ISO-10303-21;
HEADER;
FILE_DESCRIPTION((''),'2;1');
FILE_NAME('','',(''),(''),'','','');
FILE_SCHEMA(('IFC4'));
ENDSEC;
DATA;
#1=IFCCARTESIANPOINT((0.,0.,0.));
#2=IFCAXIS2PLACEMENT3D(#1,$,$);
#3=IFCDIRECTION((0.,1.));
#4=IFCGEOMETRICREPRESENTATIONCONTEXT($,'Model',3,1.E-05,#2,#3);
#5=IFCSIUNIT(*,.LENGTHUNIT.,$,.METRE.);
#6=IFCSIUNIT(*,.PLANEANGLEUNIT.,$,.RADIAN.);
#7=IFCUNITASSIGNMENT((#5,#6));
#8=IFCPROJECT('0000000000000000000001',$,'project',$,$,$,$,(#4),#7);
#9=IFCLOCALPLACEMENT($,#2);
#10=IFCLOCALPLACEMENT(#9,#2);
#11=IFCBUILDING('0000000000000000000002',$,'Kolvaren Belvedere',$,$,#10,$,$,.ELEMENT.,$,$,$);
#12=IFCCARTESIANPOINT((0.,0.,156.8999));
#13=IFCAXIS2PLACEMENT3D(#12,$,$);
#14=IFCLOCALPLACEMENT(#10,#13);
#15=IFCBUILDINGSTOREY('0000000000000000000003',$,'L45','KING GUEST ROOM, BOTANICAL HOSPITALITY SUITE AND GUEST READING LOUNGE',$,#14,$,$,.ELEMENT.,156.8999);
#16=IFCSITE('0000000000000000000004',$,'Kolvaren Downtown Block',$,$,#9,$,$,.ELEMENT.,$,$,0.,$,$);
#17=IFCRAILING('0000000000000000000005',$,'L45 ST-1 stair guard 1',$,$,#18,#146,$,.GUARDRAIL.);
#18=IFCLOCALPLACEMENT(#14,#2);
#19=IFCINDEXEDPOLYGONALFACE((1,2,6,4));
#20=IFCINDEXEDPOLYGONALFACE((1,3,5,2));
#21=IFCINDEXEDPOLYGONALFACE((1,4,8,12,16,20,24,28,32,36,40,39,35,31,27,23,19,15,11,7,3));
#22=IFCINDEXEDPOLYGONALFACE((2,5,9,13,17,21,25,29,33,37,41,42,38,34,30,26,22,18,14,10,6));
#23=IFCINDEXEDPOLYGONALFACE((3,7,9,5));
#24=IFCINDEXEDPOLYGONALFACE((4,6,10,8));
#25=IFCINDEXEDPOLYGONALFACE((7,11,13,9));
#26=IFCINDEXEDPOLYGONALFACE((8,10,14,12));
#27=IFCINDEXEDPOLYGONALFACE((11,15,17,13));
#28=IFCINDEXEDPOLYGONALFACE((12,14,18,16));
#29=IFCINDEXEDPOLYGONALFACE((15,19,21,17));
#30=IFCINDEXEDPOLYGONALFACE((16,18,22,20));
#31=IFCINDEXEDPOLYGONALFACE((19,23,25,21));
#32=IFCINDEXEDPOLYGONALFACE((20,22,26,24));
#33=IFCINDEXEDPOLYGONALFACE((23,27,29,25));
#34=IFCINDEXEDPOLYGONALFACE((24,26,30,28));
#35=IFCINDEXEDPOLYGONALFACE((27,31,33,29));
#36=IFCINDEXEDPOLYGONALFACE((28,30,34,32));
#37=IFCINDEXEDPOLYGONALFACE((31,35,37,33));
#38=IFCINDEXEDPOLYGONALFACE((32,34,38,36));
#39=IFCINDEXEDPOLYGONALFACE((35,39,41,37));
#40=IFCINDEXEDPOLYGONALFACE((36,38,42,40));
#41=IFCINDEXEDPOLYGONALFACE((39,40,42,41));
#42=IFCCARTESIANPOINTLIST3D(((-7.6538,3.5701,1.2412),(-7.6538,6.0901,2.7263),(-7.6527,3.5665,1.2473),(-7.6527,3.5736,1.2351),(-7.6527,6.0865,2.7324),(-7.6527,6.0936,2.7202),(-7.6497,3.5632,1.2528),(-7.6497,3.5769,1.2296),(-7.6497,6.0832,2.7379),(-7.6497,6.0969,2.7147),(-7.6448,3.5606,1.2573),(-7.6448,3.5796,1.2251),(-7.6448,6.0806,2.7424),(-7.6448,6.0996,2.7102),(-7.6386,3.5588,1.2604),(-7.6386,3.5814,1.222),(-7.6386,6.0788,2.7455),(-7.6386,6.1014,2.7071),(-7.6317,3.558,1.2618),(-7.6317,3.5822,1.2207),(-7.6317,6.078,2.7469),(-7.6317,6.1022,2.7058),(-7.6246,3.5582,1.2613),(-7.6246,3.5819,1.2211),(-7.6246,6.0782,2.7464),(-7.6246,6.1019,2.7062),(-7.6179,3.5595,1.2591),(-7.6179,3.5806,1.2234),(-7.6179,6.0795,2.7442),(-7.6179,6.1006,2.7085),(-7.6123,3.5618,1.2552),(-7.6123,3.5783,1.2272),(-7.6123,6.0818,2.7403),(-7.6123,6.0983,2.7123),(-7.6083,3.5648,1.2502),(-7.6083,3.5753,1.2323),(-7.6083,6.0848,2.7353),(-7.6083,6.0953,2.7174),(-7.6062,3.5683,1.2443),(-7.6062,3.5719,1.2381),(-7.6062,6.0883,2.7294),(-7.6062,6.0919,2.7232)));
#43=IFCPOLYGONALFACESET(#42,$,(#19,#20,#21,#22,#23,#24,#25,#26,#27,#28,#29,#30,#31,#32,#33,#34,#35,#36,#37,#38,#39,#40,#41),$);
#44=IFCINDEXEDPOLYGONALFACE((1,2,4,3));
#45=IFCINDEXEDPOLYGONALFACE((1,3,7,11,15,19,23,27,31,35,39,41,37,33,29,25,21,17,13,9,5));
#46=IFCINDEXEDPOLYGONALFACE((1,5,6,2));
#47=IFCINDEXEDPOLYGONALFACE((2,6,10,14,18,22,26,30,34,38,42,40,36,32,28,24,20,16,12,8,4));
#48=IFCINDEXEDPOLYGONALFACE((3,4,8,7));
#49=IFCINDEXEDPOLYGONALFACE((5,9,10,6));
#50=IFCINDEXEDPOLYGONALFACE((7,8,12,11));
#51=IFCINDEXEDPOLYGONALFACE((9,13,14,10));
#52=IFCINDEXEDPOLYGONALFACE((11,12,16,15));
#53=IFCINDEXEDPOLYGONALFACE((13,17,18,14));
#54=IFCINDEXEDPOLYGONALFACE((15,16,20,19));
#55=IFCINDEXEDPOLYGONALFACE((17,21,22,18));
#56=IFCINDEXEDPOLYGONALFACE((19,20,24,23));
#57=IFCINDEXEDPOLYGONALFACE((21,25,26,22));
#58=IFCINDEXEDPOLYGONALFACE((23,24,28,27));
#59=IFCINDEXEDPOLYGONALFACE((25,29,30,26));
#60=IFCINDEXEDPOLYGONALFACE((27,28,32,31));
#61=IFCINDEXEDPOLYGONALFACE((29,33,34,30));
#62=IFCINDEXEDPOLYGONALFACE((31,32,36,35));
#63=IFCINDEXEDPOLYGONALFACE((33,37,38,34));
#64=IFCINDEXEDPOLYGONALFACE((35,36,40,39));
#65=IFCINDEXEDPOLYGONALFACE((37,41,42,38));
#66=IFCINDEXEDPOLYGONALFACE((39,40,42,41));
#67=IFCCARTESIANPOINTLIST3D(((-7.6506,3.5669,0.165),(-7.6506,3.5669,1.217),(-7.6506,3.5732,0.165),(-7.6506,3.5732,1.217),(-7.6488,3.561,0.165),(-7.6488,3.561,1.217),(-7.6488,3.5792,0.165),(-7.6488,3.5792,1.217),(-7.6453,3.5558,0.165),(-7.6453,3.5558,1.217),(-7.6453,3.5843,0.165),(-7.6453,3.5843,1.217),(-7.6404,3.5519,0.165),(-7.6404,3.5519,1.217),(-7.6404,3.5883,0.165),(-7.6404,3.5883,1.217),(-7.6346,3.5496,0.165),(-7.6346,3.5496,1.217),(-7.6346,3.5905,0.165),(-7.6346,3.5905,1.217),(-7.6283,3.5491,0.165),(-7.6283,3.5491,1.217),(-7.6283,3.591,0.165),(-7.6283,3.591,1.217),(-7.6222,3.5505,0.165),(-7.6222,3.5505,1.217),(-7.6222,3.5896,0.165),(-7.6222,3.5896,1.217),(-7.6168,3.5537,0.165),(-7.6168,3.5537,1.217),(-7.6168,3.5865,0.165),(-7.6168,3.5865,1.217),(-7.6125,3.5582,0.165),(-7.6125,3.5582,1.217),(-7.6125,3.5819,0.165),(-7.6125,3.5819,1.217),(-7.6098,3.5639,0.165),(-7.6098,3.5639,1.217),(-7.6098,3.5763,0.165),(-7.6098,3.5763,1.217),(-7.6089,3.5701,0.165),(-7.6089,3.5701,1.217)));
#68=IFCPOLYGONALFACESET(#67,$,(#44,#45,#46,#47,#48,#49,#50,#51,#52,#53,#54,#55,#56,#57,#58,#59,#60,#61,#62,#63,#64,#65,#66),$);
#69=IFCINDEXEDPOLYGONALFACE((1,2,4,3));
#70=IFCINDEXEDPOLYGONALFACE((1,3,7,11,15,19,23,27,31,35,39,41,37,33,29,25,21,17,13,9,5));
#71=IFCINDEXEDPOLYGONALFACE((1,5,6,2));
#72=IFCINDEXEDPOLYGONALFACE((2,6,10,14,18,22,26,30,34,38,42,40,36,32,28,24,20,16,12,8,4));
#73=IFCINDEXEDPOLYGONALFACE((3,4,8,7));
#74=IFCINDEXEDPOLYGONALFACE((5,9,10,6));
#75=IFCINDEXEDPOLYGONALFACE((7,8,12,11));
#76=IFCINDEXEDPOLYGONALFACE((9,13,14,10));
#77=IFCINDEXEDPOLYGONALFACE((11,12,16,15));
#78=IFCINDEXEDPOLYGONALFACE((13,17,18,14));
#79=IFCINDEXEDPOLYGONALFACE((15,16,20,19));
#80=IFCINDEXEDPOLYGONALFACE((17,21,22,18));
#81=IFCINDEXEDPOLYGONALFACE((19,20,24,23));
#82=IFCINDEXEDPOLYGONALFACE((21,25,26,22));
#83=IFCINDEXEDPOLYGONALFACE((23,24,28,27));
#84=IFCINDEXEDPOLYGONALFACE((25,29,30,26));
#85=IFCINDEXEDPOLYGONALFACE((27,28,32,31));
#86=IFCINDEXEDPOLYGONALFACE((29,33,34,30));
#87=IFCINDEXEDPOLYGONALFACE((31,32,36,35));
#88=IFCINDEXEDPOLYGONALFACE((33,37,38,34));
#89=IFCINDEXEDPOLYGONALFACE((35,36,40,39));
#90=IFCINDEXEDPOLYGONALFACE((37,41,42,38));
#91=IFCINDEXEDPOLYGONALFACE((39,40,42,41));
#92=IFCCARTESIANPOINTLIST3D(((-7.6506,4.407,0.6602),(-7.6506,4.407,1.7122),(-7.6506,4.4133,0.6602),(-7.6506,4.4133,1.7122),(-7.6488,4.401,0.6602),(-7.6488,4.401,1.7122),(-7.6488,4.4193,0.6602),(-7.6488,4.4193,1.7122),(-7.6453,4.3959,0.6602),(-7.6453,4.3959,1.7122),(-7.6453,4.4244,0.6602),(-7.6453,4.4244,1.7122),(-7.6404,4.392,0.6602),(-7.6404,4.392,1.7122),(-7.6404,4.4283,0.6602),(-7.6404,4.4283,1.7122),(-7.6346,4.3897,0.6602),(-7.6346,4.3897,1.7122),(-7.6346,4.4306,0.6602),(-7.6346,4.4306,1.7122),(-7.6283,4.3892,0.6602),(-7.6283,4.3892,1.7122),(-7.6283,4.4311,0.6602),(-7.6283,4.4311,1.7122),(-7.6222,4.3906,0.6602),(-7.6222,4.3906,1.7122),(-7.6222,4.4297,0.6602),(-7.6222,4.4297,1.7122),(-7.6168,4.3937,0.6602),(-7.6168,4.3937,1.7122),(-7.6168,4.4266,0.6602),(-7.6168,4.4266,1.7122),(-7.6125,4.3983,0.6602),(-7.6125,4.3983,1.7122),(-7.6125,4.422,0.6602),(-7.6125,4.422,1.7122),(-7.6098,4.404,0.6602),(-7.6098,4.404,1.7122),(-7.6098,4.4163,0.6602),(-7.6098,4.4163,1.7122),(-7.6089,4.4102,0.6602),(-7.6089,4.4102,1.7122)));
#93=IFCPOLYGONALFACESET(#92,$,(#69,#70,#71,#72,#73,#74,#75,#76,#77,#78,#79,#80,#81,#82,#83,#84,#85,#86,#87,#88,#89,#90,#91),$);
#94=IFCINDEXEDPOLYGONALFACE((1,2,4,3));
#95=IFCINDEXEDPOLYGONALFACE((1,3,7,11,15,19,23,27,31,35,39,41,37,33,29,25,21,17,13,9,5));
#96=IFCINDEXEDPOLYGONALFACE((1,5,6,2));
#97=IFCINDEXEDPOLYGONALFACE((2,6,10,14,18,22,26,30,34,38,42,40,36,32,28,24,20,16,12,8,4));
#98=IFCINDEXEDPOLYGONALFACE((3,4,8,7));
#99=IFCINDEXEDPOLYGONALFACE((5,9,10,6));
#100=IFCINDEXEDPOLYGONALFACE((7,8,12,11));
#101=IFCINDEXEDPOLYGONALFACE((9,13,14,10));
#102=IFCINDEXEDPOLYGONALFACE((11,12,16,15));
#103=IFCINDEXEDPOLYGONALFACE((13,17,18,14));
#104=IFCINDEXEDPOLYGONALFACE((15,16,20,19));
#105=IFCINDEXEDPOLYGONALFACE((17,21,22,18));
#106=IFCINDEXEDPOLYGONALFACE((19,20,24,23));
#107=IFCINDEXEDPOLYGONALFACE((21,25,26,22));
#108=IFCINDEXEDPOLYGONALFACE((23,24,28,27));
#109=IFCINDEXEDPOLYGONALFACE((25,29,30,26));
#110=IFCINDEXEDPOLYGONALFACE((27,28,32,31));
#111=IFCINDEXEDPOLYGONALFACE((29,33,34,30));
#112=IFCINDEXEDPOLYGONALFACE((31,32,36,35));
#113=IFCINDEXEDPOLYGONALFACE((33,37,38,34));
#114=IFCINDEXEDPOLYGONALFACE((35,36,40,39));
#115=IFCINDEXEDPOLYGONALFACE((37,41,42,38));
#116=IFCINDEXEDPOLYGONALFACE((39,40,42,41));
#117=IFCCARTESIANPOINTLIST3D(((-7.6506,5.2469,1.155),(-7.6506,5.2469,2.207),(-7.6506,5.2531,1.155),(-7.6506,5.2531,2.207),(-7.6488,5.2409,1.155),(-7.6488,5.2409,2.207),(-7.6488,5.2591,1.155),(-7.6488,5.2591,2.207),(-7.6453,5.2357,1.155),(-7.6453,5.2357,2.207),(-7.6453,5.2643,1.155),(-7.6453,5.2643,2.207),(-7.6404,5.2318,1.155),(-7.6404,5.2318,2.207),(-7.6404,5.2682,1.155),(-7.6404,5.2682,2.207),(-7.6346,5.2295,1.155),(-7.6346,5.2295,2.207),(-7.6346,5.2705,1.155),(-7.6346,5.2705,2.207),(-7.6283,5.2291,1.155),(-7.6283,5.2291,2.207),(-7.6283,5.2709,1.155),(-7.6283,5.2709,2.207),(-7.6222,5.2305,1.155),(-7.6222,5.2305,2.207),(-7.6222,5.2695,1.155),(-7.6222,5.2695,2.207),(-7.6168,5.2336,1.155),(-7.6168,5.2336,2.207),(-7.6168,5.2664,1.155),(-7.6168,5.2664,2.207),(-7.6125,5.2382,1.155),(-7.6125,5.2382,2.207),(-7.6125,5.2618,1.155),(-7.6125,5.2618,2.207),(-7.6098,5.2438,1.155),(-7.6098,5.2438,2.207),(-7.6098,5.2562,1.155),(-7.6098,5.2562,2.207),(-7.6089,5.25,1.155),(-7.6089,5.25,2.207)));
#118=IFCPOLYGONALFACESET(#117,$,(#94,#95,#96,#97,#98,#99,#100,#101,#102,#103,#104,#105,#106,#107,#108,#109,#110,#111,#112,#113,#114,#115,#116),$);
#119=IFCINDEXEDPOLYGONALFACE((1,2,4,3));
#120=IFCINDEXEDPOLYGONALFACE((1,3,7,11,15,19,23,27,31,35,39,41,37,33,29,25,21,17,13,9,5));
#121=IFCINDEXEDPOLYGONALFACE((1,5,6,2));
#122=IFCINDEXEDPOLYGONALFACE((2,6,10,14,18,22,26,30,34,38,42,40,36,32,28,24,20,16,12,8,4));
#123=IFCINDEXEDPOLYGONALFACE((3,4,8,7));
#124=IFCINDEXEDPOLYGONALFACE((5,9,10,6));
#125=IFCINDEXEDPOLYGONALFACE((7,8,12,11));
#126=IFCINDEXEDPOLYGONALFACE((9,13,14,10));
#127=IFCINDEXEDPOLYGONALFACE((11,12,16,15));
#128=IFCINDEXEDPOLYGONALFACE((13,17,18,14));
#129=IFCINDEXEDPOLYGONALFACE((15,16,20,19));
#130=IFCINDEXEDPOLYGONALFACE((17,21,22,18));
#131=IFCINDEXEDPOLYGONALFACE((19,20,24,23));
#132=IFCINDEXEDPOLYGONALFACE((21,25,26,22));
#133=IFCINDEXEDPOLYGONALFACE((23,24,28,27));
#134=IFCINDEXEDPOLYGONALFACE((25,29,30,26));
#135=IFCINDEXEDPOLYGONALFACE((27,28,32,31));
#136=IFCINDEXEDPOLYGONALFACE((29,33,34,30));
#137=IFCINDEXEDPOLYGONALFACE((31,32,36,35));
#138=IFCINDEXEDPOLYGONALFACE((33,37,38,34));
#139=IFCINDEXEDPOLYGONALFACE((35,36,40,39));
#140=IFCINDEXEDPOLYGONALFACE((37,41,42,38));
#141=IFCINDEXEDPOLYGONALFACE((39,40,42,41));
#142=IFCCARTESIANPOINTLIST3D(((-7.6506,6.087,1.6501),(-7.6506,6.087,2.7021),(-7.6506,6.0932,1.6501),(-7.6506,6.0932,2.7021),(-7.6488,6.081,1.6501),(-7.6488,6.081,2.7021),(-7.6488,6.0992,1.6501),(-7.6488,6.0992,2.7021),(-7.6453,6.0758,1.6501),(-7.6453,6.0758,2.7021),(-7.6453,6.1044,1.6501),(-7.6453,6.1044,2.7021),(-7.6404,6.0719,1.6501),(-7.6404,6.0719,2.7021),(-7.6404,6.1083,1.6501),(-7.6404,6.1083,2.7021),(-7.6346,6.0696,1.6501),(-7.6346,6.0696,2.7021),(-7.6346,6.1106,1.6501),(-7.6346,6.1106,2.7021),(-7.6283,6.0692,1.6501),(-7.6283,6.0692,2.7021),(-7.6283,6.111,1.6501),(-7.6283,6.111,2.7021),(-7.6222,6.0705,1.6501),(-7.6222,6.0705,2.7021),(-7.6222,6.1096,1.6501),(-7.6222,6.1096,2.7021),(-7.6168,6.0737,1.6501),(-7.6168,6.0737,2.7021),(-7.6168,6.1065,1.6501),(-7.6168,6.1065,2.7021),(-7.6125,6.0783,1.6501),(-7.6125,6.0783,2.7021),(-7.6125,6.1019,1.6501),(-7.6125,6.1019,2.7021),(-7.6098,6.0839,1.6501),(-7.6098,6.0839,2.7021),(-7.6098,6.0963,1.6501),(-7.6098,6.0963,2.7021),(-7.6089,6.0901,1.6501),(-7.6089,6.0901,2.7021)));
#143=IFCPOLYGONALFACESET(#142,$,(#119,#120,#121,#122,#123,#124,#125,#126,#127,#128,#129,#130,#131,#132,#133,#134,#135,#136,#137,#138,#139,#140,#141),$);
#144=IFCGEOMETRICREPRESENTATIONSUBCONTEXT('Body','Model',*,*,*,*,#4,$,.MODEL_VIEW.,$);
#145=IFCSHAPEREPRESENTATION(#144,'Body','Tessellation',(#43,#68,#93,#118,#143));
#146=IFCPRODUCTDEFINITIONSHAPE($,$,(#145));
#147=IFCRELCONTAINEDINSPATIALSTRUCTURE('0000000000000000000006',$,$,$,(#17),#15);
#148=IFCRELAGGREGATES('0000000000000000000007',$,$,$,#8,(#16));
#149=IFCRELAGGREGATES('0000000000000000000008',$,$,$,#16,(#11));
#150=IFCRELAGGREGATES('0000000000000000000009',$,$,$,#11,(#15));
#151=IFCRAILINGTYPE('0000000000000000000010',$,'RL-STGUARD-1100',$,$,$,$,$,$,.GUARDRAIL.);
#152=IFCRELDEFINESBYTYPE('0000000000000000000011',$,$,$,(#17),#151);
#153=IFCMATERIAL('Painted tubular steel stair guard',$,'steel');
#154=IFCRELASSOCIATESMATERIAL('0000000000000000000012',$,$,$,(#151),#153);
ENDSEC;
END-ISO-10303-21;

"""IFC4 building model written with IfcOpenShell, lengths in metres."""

from ifc_helpers import new_model, si_unit, direction, frame, origin, origin_2d, place, context, subcontext, project, spatial, circle, extrude, material, type_object, element, save


model = new_model("IFC4")

# Units and contexts
model_context = context("Model", 3, precision=1e-05, world=origin(), true_north=direction((0.0, 1.0)))
body_context = subcontext(model_context, "Body", "Model", "MODEL_VIEW")
ifc_project = project(units=[si_unit("LENGTHUNIT", "METRE"), si_unit("PLANEANGLEUNIT", "RADIAN")], contexts=[model_context])

# Site, building, storey
site_placement = place(None, origin())
site = spatial("IfcSite", under=ifc_project, at=site_placement, Name="Kolvaren Downtown Block", CompositionType="ELEMENT", RefElevation=0.0)
building_placement = place(site_placement, origin())
building = spatial("IfcBuilding", under=site, at=building_placement, Name="Kolvaren Belvedere", CompositionType="ELEMENT")
storey_placement = place(building_placement, frame((0.0, 0.0, 156.8999)))
storey = spatial("IfcBuildingStorey", under=building, at=storey_placement, Name="L45", Description="KING GUEST ROOM, BOTANICAL HOSPITALITY SUITE AND GUEST READING LOUNGE", CompositionType="ELEMENT", Elevation=156.8999)

# Railing
ifc_material_1 = material(Name="Painted tubular steel stair guard", Category="steel")
railing_type_1 = type_object("IfcRailingType", Name="RL-STGUARD-1100", PredefinedType="GUARDRAIL", material=ifc_material_1)
railing_1_placement = place(storey_placement, frame((-7.6299, 3.5701, 0.165)))
element("IfcRailing", 1, at=railing_1_placement, inside=storey, type_object=railing_type_1, Name="L45 ST-1 stair guard 1", PredefinedType="GUARDRAIL", context=body_context, shape_type="SweptSolid", body=[
    extrude(circle(Radius=0.0239, at=origin_2d()), frame((0.0, 0.0, 1.0762), z_axis=(0.0, 0.861524, 0.507717), x_axis=(-1.0, 0.0, 0.0)), (0.0, 0.0, 1.0), 2.925),
    extrude(circle(Radius=0.021, at=origin_2d()), origin(), (0.0, 0.0, 1.0), 1.052),
    extrude(circle(Radius=0.021, at=origin_2d()), frame((0.0, 0.8401, 0.4951)), (0.0, 0.0, 1.0), 1.052),
    extrude(circle(Radius=0.021, at=origin_2d()), frame((0.0, 1.6799, 0.99)), (0.0, 0.0, 1.0), 1.052),
    extrude(circle(Radius=0.021, at=origin_2d()), frame((0.0, 2.52, 1.4851)), (0.0, 0.0, 1.0), 1.052),
])

save(model, "model.ifc")
